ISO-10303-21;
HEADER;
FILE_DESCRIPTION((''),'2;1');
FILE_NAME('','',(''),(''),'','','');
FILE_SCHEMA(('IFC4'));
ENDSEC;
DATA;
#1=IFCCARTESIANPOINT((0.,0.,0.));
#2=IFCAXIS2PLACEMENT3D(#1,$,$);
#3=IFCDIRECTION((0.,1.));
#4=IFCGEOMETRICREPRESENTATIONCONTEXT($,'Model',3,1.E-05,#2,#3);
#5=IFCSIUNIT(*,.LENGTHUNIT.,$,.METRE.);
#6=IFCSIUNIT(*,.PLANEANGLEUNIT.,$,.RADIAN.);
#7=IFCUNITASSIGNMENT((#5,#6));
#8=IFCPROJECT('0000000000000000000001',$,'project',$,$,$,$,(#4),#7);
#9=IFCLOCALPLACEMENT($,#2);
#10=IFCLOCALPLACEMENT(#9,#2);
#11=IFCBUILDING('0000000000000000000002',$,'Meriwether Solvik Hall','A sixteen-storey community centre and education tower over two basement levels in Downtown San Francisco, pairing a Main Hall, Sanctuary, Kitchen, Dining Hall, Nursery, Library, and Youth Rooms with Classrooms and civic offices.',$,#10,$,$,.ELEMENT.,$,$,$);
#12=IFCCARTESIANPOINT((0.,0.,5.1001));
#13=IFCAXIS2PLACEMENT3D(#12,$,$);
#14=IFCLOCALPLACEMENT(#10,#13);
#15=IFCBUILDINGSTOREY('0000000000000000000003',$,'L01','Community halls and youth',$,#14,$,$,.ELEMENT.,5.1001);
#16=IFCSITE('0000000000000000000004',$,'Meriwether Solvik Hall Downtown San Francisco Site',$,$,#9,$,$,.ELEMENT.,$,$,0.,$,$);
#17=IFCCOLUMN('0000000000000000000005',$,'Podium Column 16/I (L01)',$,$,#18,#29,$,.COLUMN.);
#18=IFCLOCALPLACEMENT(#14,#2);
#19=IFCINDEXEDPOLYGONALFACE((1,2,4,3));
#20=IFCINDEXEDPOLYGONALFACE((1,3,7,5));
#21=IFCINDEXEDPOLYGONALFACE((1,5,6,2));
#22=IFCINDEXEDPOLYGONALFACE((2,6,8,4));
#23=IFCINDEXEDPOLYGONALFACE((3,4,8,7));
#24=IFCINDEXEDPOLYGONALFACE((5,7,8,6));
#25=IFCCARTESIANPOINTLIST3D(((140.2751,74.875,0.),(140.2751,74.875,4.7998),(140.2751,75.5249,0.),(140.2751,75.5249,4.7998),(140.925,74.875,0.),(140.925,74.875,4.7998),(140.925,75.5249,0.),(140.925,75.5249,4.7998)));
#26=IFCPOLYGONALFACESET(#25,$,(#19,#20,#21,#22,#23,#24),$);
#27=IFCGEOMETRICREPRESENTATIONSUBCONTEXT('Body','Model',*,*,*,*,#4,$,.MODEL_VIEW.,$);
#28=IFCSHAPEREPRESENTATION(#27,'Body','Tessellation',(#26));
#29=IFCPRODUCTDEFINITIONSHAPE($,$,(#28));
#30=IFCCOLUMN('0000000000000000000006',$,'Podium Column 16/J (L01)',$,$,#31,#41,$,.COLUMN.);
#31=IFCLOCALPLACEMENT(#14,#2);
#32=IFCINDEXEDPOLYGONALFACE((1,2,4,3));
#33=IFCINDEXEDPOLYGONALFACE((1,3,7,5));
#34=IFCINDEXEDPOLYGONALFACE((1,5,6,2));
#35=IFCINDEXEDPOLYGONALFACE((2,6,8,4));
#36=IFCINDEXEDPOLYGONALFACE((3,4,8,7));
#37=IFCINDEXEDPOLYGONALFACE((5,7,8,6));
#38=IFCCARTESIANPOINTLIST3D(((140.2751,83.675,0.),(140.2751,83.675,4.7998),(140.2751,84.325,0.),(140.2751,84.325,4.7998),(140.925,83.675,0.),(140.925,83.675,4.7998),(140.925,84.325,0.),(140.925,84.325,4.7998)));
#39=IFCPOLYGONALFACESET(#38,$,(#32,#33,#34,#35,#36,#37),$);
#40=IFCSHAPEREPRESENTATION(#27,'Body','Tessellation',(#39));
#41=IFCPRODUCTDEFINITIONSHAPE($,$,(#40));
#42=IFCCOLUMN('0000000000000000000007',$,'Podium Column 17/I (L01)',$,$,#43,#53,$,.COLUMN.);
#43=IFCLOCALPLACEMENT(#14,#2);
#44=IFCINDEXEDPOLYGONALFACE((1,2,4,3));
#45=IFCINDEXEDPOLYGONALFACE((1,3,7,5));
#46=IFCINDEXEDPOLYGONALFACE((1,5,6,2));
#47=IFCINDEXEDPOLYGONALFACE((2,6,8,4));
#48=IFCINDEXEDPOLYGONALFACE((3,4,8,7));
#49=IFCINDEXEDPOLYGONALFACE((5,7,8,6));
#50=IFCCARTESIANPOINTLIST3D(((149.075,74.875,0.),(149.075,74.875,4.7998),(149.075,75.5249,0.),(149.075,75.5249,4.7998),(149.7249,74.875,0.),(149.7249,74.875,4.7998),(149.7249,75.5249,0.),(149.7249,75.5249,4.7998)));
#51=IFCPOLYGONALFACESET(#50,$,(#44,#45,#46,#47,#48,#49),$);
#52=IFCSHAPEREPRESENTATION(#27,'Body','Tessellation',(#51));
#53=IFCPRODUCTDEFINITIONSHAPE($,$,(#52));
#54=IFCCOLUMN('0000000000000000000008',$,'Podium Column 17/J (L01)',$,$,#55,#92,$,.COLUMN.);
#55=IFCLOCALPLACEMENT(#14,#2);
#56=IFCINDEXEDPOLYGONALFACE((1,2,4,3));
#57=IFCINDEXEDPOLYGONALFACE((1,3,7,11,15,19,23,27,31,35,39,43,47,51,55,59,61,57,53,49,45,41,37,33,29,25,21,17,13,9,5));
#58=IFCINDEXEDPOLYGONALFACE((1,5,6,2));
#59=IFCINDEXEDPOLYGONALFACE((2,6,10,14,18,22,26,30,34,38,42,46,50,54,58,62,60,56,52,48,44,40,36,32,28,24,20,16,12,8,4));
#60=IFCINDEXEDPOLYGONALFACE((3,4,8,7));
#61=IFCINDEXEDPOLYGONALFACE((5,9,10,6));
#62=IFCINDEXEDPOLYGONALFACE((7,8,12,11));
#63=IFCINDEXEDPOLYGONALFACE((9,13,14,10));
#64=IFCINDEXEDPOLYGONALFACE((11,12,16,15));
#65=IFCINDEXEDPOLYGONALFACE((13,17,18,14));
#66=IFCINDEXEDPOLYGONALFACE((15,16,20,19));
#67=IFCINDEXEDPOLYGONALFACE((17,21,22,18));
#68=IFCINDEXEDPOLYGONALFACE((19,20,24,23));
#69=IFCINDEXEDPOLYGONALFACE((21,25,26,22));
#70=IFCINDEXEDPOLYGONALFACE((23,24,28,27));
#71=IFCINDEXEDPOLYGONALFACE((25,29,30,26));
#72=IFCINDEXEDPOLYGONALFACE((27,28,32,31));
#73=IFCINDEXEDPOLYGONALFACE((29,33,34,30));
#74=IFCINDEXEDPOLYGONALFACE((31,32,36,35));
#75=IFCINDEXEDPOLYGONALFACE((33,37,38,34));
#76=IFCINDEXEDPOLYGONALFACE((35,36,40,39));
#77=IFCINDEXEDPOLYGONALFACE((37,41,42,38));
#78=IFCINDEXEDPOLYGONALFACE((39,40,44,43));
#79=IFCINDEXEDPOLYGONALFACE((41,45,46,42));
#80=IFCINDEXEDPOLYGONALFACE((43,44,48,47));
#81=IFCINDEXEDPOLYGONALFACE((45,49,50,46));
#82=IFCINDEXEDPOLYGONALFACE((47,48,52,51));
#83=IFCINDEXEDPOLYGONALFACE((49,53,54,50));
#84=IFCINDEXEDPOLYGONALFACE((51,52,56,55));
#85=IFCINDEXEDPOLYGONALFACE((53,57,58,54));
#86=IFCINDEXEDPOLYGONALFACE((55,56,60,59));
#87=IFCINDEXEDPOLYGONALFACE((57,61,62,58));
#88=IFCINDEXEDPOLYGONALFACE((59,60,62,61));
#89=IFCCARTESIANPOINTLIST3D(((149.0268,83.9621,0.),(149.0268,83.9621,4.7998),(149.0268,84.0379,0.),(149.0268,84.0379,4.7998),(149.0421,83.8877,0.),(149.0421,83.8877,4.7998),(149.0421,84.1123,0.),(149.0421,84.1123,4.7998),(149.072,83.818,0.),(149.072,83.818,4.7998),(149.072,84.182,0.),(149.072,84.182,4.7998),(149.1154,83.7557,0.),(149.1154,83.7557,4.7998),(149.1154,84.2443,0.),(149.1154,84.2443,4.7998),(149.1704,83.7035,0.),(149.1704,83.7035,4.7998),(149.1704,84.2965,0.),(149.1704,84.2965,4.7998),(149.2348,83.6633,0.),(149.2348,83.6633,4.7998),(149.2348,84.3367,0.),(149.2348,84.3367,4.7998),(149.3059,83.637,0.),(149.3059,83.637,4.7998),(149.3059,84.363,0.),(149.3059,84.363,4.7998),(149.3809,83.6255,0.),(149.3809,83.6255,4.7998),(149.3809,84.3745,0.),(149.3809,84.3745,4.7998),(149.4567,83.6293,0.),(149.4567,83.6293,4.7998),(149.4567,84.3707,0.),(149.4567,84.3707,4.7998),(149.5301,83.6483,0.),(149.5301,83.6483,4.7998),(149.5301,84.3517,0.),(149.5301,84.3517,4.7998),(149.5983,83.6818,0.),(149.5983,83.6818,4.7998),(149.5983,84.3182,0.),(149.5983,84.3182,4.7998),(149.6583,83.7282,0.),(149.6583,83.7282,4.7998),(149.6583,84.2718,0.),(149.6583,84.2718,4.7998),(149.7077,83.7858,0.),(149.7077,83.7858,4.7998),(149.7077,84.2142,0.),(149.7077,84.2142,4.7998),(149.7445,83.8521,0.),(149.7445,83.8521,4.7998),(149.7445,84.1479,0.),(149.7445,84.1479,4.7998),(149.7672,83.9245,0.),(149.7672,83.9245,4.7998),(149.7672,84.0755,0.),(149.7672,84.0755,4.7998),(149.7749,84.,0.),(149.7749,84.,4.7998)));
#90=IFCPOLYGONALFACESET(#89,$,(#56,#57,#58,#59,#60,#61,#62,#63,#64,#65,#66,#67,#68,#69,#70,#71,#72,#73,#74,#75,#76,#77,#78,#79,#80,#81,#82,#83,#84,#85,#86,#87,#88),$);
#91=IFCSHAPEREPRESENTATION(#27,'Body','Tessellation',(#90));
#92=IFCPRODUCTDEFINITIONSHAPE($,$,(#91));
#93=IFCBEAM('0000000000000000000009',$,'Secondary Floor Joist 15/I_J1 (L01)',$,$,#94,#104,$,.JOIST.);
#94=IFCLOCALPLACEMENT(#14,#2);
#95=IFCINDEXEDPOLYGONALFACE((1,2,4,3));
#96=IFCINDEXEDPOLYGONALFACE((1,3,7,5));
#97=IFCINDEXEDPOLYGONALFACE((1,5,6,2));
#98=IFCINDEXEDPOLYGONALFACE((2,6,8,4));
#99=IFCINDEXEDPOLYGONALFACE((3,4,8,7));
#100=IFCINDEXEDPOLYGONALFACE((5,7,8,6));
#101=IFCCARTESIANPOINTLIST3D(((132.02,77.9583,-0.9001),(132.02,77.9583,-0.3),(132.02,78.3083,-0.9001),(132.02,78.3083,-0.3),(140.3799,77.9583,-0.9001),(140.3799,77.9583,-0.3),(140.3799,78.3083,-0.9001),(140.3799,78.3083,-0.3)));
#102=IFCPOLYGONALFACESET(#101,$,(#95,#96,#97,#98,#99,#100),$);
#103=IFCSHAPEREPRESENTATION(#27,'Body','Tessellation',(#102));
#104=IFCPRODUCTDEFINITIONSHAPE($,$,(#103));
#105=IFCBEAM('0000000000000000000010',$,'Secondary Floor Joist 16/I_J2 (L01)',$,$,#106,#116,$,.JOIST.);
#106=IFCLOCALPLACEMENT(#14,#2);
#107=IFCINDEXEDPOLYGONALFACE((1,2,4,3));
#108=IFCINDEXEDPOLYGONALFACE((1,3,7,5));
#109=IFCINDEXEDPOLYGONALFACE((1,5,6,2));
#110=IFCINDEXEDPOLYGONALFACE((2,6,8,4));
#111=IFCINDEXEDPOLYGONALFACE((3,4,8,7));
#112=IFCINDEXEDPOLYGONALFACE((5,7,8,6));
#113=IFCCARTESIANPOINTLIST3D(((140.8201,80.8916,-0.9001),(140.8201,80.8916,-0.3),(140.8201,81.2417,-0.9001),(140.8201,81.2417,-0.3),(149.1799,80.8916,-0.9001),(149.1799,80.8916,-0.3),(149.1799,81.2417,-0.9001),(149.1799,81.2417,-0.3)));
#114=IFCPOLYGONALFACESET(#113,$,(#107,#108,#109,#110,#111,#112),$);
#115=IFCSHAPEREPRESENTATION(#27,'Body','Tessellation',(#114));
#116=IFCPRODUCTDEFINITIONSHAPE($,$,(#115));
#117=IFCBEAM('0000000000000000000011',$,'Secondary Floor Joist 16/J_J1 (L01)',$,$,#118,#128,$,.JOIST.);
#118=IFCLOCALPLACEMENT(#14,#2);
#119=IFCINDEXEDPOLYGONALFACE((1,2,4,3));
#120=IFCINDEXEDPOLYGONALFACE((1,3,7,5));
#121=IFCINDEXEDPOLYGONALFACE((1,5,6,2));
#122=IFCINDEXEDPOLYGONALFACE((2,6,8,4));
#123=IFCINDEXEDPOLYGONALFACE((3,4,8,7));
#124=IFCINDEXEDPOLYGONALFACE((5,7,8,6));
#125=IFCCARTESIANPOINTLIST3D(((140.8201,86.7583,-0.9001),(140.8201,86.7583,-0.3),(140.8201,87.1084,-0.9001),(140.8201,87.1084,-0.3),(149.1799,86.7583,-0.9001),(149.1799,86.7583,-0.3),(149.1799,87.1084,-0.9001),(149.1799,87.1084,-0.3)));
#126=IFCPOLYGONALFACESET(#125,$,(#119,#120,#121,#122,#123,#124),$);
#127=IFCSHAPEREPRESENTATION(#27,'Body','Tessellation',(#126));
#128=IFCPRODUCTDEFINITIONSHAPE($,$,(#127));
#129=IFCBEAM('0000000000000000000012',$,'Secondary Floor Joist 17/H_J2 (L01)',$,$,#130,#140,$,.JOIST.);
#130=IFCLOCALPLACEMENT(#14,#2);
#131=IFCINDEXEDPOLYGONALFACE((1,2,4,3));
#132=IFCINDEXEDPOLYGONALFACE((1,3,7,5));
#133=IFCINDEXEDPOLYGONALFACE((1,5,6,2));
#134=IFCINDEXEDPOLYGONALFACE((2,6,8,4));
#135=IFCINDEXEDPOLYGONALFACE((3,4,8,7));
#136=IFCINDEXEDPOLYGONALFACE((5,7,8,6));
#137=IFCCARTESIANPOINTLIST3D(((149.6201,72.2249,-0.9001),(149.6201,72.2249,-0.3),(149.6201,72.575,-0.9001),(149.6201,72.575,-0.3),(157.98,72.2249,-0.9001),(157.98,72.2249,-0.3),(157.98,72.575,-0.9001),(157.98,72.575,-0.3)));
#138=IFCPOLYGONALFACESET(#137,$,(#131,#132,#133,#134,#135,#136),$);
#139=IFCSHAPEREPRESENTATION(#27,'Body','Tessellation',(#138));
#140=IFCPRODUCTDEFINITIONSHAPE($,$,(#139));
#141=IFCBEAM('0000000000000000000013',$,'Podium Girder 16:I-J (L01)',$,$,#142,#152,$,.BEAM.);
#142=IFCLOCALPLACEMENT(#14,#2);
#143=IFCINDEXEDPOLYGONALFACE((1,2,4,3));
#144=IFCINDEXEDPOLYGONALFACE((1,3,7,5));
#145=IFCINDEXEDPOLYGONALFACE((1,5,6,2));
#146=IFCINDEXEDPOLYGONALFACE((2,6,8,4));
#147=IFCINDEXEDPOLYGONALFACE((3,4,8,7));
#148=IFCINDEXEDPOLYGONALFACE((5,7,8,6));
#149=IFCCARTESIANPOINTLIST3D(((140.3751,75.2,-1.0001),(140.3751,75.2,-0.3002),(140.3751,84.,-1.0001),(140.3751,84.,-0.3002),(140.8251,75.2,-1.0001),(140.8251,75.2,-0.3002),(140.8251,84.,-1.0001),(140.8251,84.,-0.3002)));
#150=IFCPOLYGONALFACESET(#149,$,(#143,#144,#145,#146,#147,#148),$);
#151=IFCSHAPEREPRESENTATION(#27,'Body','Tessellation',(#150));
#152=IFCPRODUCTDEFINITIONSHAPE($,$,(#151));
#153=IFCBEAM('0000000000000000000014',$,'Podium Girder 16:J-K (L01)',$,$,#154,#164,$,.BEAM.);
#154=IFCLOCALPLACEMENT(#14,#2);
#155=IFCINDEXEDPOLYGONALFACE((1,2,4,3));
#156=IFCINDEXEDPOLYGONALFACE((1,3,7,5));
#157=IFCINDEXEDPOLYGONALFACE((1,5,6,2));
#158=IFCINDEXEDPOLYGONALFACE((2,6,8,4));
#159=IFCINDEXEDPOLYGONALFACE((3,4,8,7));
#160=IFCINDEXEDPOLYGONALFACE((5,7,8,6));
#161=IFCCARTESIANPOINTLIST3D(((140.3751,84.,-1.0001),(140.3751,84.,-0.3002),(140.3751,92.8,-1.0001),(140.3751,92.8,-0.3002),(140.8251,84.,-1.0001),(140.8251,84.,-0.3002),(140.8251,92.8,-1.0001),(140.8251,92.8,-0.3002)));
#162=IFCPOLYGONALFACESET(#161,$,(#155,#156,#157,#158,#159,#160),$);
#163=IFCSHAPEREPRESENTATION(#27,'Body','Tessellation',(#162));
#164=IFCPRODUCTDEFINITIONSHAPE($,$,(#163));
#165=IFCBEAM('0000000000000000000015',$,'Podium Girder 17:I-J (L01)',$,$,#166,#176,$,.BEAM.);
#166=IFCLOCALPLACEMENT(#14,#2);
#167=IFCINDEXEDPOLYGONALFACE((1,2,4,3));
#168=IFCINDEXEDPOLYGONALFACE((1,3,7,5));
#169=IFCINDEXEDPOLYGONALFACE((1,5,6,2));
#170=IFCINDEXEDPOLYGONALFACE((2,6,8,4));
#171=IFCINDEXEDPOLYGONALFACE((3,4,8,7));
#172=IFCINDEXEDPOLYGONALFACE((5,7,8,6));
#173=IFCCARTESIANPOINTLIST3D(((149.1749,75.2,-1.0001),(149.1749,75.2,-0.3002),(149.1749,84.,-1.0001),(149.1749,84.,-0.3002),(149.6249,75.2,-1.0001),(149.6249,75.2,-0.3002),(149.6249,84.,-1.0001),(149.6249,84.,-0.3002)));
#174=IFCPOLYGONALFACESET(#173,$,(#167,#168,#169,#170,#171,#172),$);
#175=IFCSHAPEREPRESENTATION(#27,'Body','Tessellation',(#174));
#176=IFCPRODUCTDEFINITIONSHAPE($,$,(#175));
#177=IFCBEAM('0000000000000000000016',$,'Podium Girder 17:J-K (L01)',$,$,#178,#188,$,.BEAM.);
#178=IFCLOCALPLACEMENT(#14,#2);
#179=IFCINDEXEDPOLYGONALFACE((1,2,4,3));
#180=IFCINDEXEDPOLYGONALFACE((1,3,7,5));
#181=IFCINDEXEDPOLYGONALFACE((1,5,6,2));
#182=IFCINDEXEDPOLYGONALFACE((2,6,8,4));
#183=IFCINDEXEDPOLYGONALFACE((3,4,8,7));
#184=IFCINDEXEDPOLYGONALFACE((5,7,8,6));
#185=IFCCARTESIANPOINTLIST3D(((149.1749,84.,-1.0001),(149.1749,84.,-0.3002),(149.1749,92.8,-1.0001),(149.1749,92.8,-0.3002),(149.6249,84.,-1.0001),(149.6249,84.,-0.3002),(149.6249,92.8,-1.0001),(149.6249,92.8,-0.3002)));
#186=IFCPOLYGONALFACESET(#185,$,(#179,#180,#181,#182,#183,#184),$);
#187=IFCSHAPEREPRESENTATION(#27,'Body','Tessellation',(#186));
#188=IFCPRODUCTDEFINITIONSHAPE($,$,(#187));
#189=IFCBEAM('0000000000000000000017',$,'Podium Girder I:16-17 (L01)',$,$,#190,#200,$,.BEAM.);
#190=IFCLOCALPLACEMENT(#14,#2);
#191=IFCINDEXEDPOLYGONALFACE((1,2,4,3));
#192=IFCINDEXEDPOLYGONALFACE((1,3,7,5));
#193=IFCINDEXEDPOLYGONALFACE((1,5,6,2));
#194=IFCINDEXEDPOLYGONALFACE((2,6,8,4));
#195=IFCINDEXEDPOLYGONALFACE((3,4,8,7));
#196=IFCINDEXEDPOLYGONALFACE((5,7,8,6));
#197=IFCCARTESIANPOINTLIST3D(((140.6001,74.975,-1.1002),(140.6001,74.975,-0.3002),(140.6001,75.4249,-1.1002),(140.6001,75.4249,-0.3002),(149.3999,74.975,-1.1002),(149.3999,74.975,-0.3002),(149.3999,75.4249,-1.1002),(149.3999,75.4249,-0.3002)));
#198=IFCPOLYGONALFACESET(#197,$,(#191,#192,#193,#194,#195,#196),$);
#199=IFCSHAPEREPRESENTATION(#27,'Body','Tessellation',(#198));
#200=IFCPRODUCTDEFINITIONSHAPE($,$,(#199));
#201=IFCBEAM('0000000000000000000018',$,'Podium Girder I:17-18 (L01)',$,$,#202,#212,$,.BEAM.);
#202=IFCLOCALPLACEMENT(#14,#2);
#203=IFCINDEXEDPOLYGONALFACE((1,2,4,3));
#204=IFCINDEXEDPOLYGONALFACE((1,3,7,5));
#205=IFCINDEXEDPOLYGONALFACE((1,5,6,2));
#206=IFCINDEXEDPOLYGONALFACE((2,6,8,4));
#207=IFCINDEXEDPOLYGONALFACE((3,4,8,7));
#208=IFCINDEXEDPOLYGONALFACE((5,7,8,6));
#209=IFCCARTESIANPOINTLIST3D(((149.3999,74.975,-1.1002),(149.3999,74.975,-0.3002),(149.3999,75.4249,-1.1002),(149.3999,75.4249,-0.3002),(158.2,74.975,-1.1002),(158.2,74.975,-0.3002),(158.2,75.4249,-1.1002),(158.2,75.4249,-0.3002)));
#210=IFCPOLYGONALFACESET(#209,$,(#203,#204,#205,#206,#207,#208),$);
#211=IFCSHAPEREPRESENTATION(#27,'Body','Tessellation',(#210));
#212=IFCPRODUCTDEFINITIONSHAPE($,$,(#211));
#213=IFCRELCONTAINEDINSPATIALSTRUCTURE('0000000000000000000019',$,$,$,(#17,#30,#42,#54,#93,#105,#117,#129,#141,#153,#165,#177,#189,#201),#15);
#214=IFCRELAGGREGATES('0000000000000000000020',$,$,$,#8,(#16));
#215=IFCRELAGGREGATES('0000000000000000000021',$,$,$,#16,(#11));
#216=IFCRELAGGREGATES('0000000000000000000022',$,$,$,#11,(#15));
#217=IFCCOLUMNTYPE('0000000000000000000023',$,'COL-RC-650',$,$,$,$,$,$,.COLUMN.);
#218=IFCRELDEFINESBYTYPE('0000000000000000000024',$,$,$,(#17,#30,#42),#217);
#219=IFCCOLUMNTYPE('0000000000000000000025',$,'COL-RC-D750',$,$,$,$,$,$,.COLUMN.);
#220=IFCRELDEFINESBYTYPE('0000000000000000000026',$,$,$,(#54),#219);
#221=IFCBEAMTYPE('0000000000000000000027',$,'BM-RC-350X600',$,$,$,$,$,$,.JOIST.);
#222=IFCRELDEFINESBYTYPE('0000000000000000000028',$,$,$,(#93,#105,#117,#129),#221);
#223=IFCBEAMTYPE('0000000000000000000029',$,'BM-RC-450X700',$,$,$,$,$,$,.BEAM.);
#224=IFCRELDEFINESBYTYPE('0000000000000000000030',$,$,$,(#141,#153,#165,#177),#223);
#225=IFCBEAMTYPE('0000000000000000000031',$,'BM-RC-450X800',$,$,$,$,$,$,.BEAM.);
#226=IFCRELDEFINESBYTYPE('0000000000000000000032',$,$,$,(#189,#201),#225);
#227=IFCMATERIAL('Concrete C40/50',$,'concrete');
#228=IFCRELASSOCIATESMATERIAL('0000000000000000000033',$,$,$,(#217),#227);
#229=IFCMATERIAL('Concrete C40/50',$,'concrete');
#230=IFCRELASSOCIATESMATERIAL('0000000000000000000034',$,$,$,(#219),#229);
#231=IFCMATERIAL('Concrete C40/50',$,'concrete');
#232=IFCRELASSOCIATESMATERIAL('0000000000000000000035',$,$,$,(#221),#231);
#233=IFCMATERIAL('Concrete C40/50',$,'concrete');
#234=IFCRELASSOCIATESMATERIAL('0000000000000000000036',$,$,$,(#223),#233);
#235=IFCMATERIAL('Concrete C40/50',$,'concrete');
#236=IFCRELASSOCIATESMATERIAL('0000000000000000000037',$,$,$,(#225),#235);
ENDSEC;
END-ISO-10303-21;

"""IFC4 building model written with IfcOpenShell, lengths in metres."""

from ifc_helpers import new_model, si_unit, direction, frame, origin, origin_2d, place, context, subcontext, project, spatial, rectangle, circle, extrude, material, material_profile, profile_set, type_object, element, save


model = new_model("IFC4")

# Units and contexts
model_context = context("Model", 3, precision=1e-05, world=origin(), true_north=direction((0.0, 1.0)))
body_context = subcontext(model_context, "Body", "Model", "MODEL_VIEW")
ifc_project = project(units=[si_unit("LENGTHUNIT", "METRE"), si_unit("PLANEANGLEUNIT", "RADIAN")], contexts=[model_context])

# Site, building, storey
site_placement = place(None, origin())
site = spatial("IfcSite", under=ifc_project, at=site_placement, Name="Meriwether Solvik Hall Downtown San Francisco Site", CompositionType="ELEMENT", RefElevation=0.0)
building_placement = place(site_placement, origin())
building = spatial("IfcBuilding", under=site, at=building_placement, Name="Meriwether Solvik Hall", Description="A sixteen-storey community centre and education tower over two basement levels in Downtown San Francisco, pairing a Main Hall, Sanctuary, Kitchen, Dining Hall, Nursery, Library, and Youth Rooms with Classrooms and civic offices.", CompositionType="ELEMENT")
storey_placement = place(building_placement, frame((0.0, 0.0, 5.1001)))
storey = spatial("IfcBuildingStorey", under=building, at=storey_placement, Name="L01", Description="Community halls and youth", CompositionType="ELEMENT", Elevation=5.1001)

# Columns
ifc_material_1 = material(Name="Concrete C40/50", Category="concrete")
ifc_material_profile_1 = material_profile(ifc_material_1, rectangle(XDim=0.6499, YDim=0.6499, at=origin_2d()), Name="RCC-650X650")
ifc_profile_set_1 = profile_set([ifc_material_profile_1], Name="Concrete C40/50")
column_type_1 = type_object("IfcColumnType", Name="COL-RC-650", PredefinedType="COLUMN", material=ifc_profile_set_1)
for number, where, z_axis, x_axis, name in (
    (1, (140.6001, 75.2, 0.0), (0.0, 0.0, 1.0), (1.0, 0.0, 0.0), "Podium Column 16/I (L01)"),
    (2, (140.6001, 84.0, 0.0), (0.0, 0.0, 1.0), (1.0, 0.0, 0.0), "Podium Column 16/J (L01)"),
    (3, (149.3999, 75.2, 0.0), (0.0, 0.0, 1.0), (1.0, 0.0, 0.0), "Podium Column 17/I (L01)"),
):
    element("IfcColumn", number, at=place(storey_placement, frame(where, z_axis=z_axis, x_axis=x_axis)), inside=storey, type_object=column_type_1, Name=name, PredefinedType="COLUMN", context=body_context, shape_type="SweptSolid", body=[
        extrude(rectangle(XDim=0.6499, YDim=0.6499, at=origin_2d()), origin(), (0.0, 0.0, 1.0), 4.7998),
    ])
ifc_material_2 = material(Name="Concrete C40/50", Category="concrete")
ifc_material_profile_2 = material_profile(ifc_material_2, circle(Radius=0.375, at=origin_2d()), Name="RCC-D750")
ifc_profile_set_2 = profile_set([ifc_material_profile_2], Name="Concrete C40/50")
column_type_2 = type_object("IfcColumnType", Name="COL-RC-D750", PredefinedType="COLUMN", material=ifc_profile_set_2)
column_placement = place(storey_placement, frame((149.3999, 84.0, 0.0), z_axis=(0.0, 0.0, 1.0), x_axis=(1.0, 0.0, 0.0)))
element("IfcColumn", 4, at=column_placement, inside=storey, type_object=column_type_2, Name="Podium Column 17/J (L01)", PredefinedType="COLUMN", context=body_context, shape_type="SweptSolid", body=[
    extrude(circle(Radius=0.375, at=origin_2d()), origin(), (0.0, 0.0, 1.0), 4.7998),
])

# Beams
ifc_material_3 = material(Name="Concrete C40/50", Category="concrete")
ifc_material_profile_3 = material_profile(ifc_material_3, rectangle(XDim=0.3501, YDim=0.6001, at=origin_2d()), Name="RCB-350X600")
ifc_profile_set_3 = profile_set([ifc_material_profile_3], Name="Concrete C40/50")
beam_type_1 = type_object("IfcBeamType", Name="BM-RC-350X600", PredefinedType="JOIST", material=ifc_profile_set_3)
for number, where, z_axis, x_axis, name in (
    (5, (132.02, 78.1333, -0.6001), (1.0, 0.0, 0.0), (0.0, 1.0, 0.0), "Secondary Floor Joist 15/I_J1 (L01)"),
    (6, (140.8201, 81.0667, -0.6001), (1.0, 0.0, 0.0), (0.0, 1.0, 0.0), "Secondary Floor Joist 16/I_J2 (L01)"),
    (7, (140.8201, 86.9333, -0.6001), (1.0, 0.0, 0.0), (0.0, 1.0, 0.0), "Secondary Floor Joist 16/J_J1 (L01)"),
    (8, (149.6201, 72.3999, -0.6001), (1.0, 0.0, 0.0), (0.0, 1.0, 0.0), "Secondary Floor Joist 17/H_J2 (L01)"),
):
    element("IfcBeam", number, at=place(storey_placement, frame(where, z_axis=z_axis, x_axis=x_axis)), inside=storey, type_object=beam_type_1, Name=name, PredefinedType="JOIST", context=body_context, shape_type="SweptSolid", body=[
        extrude(rectangle(XDim=0.3501, YDim=0.6001, at=origin_2d()), origin(), (0.0, 0.0, 1.0), 8.3599),
    ])
ifc_material_4 = material(Name="Concrete C40/50", Category="concrete")
ifc_material_profile_4 = material_profile(ifc_material_4, rectangle(XDim=0.45, YDim=0.7, at=origin_2d()), Name="RCB-450X700")
ifc_profile_set_4 = profile_set([ifc_material_profile_4], Name="Concrete C40/50")
beam_type_2 = type_object("IfcBeamType", Name="BM-RC-450X700", PredefinedType="BEAM", material=ifc_profile_set_4)
for number, where, z_axis, x_axis, name in (
    (9, (140.6001, 75.2, -0.6501), (0.0, 1.0, 0.0), (-1.0, 0.0, 0.0), "Podium Girder 16:I-J (L01)"),
    (10, (140.6001, 84.0, -0.6501), (0.0, 1.0, 0.0), (-1.0, 0.0, 0.0), "Podium Girder 16:J-K (L01)"),
    (11, (149.3999, 75.2, -0.6501), (0.0, 1.0, 0.0), (-1.0, 0.0, 0.0), "Podium Girder 17:I-J (L01)"),
    (12, (149.3999, 84.0, -0.6501), (0.0, 1.0, 0.0), (-1.0, 0.0, 0.0), "Podium Girder 17:J-K (L01)"),
):
    element("IfcBeam", number, at=place(storey_placement, frame(where, z_axis=z_axis, x_axis=x_axis)), inside=storey, type_object=beam_type_2, Name=name, PredefinedType="BEAM", context=body_context, shape_type="SweptSolid", body=[
        extrude(rectangle(XDim=0.45, YDim=0.7, at=origin_2d()), origin(), (0.0, 0.0, 1.0), 8.8),
    ])
ifc_material_5 = material(Name="Concrete C40/50", Category="concrete")
ifc_material_profile_5 = material_profile(ifc_material_5, rectangle(XDim=0.45, YDim=0.8, at=origin_2d()), Name="RCB-450X800")
ifc_profile_set_5 = profile_set([ifc_material_profile_5], Name="Concrete C40/50")
beam_type_3 = type_object("IfcBeamType", Name="BM-RC-450X800", PredefinedType="BEAM", material=ifc_profile_set_5)
beam_1_placement = place(storey_placement, frame((140.6001, 75.2, -0.7002), z_axis=(1.0, 0.0, 0.0), x_axis=(0.0, 1.0, 0.0)))
element("IfcBeam", 13, at=beam_1_placement, inside=storey, type_object=beam_type_3, Name="Podium Girder I:16-17 (L01)", PredefinedType="BEAM", context=body_context, shape_type="SweptSolid", body=[
    extrude(rectangle(XDim=0.45, YDim=0.8, at=origin_2d()), origin(), (0.0, 0.0, 1.0), 8.7998),
])
beam_2_placement = place(storey_placement, frame((149.3999, 75.2, -0.7002), z_axis=(1.0, 0.0, 0.0), x_axis=(0.0, 1.0, 0.0)))
element("IfcBeam", 14, at=beam_2_placement, inside=storey, type_object=beam_type_3, Name="Podium Girder I:17-18 (L01)", PredefinedType="BEAM", context=body_context, shape_type="SweptSolid", body=[
    extrude(rectangle(XDim=0.45, YDim=0.8, at=origin_2d()), origin(), (0.0, 0.0, 1.0), 8.8),
])

save(model, "model.ifc")
